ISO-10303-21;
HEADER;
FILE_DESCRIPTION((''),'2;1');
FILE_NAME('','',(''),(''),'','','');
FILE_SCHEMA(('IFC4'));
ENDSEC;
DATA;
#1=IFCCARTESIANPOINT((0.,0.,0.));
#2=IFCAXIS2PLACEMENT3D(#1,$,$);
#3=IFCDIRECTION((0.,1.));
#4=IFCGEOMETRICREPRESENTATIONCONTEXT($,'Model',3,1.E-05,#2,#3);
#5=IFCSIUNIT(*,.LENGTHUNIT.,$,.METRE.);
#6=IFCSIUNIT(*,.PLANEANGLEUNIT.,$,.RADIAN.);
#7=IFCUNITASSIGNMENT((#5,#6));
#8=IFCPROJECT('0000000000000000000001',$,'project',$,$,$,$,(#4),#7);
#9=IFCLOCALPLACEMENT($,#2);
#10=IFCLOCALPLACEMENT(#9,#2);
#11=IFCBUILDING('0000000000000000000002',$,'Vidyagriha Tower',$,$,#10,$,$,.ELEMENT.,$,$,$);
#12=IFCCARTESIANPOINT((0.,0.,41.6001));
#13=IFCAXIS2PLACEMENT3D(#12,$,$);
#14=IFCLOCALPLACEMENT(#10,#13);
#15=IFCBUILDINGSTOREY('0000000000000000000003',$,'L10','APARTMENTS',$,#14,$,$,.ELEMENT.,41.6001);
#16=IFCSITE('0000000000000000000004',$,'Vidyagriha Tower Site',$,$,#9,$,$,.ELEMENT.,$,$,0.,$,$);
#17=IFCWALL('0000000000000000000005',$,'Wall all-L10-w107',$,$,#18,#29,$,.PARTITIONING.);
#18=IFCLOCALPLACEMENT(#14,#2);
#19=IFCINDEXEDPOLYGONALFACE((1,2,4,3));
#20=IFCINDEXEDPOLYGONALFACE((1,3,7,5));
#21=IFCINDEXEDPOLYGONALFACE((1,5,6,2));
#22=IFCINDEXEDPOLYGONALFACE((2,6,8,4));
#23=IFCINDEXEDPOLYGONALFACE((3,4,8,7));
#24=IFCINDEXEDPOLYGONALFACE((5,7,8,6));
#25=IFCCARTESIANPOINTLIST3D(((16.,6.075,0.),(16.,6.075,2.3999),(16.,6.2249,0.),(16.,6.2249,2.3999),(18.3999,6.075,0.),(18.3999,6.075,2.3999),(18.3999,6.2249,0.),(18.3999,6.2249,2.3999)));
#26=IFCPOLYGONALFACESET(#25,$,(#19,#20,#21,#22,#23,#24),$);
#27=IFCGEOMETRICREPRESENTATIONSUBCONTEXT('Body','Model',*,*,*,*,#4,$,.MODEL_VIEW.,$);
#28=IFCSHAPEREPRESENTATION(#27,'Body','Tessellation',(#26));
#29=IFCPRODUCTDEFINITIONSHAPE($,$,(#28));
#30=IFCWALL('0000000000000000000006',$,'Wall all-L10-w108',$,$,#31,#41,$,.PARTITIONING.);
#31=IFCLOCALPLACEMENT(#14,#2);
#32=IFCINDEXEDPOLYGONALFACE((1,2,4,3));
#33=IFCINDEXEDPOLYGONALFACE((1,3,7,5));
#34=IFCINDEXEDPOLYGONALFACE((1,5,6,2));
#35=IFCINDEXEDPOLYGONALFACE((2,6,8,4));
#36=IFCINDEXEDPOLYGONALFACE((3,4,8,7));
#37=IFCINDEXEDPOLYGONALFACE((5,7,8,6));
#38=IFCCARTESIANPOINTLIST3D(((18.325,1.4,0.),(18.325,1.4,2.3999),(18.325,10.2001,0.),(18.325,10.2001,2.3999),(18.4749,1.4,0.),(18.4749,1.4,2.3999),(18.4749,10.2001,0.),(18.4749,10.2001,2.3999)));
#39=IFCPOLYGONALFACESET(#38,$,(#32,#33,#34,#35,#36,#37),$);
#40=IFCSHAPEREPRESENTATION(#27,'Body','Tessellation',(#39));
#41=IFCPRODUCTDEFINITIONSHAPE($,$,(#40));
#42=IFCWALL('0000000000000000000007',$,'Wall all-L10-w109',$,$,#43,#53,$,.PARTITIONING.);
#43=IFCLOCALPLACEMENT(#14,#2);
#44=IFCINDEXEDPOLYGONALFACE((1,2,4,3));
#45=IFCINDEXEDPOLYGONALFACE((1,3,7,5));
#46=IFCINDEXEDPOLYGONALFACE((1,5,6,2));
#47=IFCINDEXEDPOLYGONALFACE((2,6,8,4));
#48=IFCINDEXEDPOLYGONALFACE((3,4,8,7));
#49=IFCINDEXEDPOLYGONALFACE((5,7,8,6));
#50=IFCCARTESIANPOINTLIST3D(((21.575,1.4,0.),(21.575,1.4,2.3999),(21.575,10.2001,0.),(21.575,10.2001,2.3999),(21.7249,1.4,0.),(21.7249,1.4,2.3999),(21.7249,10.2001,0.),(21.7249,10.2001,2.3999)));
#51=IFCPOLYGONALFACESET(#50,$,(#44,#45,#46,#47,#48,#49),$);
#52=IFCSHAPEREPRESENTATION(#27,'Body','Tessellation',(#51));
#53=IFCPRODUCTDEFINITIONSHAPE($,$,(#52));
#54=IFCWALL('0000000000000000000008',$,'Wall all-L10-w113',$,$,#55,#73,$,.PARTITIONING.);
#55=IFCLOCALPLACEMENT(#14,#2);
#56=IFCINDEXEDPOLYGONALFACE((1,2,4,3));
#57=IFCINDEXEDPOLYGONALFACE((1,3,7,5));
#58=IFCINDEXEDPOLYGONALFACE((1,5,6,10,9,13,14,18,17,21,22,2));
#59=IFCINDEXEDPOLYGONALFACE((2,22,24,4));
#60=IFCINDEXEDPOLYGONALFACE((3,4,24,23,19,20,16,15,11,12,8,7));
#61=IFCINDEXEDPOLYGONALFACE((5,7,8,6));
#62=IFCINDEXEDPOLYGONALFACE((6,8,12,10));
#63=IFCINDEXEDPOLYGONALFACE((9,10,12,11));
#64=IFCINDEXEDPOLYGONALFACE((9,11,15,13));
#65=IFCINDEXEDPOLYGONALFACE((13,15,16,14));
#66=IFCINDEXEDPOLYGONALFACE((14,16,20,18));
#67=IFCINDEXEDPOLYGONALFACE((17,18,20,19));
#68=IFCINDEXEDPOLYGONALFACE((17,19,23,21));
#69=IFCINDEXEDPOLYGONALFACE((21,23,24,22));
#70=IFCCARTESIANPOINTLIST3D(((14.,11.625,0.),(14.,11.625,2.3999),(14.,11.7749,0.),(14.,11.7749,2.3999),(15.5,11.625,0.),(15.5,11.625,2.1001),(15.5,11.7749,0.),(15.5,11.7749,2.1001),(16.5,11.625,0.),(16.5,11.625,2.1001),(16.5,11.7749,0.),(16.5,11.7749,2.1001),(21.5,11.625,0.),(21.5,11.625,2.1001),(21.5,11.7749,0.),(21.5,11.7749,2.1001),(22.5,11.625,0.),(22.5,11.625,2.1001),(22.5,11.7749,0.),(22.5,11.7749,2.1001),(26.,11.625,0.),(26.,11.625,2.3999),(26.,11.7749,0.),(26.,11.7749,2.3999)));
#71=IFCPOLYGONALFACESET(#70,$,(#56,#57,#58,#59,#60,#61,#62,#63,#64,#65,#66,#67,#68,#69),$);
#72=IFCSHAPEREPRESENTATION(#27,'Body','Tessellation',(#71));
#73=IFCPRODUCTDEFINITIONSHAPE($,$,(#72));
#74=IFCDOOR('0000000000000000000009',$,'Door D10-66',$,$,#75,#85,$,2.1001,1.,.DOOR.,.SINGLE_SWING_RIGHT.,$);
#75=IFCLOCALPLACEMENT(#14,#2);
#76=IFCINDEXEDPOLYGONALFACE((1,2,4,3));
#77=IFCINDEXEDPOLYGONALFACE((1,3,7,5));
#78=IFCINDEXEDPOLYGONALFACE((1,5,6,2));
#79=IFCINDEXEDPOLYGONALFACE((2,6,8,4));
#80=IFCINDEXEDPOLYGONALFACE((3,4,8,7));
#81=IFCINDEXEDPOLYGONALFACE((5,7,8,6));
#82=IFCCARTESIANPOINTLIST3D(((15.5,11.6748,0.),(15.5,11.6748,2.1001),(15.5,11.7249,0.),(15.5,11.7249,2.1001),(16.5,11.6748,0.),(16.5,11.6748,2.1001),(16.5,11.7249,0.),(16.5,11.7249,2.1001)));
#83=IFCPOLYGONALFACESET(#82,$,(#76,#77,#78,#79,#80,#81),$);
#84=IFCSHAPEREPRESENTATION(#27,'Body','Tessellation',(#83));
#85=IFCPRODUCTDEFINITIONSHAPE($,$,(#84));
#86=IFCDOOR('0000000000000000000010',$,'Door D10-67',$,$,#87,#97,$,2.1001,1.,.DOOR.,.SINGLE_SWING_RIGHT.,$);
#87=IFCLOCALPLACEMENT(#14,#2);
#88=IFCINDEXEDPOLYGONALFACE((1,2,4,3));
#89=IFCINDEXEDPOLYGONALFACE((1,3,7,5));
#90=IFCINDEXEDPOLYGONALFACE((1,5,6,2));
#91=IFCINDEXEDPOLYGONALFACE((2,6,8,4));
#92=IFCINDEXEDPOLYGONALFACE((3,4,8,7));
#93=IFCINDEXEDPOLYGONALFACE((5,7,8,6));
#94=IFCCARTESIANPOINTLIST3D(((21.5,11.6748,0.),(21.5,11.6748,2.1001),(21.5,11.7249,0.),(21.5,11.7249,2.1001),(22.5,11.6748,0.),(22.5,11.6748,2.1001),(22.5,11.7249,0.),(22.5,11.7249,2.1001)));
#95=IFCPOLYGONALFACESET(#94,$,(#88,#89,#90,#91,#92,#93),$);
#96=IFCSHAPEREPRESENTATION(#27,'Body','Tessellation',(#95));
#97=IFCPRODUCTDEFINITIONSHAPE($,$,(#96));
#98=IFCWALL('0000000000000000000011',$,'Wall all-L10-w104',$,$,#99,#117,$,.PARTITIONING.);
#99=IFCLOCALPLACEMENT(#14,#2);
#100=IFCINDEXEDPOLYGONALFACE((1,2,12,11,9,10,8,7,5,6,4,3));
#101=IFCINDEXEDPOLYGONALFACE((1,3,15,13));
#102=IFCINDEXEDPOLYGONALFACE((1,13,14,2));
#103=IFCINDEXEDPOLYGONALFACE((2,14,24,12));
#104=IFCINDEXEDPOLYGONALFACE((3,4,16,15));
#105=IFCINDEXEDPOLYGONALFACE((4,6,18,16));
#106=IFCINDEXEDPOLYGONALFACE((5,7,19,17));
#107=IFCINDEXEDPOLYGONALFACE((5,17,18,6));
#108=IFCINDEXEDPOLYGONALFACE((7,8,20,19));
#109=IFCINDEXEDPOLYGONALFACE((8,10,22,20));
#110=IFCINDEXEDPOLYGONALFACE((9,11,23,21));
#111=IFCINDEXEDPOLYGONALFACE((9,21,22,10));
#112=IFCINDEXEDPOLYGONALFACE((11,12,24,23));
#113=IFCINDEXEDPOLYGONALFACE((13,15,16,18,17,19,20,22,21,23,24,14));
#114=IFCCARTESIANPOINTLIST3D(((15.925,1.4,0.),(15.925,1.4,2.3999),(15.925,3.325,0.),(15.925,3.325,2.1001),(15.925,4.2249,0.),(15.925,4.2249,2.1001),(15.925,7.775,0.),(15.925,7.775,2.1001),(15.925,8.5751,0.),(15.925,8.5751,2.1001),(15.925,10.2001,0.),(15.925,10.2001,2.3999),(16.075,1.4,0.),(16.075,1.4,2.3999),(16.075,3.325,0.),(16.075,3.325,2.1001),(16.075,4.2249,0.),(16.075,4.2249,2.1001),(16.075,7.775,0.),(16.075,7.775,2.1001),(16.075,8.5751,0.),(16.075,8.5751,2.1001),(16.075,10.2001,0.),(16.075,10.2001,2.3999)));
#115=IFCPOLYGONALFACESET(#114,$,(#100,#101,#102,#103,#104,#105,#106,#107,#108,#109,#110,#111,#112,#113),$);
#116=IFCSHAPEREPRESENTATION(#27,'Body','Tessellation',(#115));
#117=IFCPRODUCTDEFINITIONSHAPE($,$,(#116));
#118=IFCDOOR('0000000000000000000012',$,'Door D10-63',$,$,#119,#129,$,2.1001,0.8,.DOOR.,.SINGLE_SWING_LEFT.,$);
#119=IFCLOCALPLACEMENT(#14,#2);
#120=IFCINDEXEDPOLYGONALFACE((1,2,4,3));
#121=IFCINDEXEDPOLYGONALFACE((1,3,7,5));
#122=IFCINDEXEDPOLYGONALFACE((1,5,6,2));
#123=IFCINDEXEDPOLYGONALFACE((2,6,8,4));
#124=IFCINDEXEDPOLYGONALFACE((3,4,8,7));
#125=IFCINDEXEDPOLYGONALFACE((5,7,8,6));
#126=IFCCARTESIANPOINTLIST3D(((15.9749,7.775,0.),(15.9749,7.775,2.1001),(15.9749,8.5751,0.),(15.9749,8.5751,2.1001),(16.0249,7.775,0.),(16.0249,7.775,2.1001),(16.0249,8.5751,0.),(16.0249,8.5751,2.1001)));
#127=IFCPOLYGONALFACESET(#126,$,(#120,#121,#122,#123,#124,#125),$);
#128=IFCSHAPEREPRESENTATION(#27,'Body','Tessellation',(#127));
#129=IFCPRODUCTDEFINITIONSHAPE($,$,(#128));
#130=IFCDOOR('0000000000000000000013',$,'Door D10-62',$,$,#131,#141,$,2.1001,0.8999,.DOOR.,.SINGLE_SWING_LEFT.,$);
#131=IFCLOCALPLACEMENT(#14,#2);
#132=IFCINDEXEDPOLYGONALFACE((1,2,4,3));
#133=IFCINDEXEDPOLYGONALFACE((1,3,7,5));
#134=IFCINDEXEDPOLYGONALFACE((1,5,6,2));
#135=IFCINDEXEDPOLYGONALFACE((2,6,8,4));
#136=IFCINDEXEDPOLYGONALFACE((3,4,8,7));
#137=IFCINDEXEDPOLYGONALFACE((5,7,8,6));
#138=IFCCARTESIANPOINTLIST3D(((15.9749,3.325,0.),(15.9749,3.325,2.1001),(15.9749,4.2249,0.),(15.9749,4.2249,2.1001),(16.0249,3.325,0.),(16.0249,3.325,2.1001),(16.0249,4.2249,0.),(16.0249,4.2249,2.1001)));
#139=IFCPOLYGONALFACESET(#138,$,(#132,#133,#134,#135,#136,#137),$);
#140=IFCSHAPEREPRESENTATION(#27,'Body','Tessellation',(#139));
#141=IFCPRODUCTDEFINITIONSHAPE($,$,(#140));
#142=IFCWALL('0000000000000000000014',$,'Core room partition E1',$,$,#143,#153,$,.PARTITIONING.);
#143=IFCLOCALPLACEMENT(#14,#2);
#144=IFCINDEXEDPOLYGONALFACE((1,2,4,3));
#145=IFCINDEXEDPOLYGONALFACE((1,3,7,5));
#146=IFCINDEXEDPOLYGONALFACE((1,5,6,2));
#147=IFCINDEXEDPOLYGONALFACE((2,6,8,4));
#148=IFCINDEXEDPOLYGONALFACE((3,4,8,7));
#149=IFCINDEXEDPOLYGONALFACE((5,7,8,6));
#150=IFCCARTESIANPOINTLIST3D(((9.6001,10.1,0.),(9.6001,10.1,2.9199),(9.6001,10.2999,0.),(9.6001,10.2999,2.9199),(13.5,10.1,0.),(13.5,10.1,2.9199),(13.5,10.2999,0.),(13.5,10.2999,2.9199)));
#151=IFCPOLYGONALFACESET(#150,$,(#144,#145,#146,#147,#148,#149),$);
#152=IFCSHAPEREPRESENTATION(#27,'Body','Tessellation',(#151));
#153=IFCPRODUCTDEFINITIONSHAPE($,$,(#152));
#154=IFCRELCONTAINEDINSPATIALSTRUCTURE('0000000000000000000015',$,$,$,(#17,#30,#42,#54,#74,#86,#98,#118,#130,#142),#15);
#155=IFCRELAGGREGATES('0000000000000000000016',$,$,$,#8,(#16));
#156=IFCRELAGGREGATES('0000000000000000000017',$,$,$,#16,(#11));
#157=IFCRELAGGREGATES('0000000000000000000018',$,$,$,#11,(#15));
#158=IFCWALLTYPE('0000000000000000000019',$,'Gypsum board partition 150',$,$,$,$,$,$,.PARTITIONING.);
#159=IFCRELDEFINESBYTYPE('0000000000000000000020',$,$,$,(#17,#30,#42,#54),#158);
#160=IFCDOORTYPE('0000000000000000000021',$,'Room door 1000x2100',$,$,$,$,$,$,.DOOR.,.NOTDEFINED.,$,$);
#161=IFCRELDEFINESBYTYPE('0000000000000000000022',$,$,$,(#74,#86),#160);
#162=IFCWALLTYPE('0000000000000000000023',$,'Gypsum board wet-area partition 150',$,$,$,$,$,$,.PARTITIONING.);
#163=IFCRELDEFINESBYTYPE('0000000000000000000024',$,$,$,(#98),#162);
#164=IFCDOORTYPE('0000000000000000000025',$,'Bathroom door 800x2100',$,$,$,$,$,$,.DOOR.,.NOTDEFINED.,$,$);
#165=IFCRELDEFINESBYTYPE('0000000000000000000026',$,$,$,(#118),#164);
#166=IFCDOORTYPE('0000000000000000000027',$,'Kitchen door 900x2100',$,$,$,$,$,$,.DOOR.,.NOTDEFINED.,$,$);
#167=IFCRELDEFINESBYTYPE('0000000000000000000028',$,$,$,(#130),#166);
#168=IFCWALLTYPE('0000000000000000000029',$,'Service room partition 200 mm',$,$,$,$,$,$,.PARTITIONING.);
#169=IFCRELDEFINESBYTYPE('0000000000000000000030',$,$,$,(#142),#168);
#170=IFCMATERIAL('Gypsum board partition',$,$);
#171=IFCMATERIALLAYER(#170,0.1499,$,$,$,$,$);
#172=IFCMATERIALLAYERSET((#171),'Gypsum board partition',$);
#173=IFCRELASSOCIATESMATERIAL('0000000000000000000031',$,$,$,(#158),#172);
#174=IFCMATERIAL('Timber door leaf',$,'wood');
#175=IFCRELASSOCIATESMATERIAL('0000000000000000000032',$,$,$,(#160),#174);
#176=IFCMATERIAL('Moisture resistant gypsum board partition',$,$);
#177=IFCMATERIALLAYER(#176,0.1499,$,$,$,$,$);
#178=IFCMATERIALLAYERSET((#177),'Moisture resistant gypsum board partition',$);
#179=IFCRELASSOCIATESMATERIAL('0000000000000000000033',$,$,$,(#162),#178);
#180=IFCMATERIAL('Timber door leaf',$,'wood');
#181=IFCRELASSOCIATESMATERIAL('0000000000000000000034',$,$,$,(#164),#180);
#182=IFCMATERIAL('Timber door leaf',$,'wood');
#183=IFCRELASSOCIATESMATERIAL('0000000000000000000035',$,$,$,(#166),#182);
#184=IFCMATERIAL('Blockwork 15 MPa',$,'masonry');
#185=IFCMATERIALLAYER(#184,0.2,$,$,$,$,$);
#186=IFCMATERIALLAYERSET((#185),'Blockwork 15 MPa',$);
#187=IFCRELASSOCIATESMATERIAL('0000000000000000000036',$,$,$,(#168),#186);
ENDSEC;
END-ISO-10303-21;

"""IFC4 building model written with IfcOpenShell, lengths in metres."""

from ifc_helpers import new_model, si_unit, direction, frame, frame_2d, origin, place, context, subcontext, project, spatial, rectangle, extrude, material, layer, layer_set, type_object, element, fill, save


model = new_model("IFC4")

# Units and contexts
model_context = context("Model", 3, precision=1e-05, world=origin(), true_north=direction((0.0, 1.0)))
body_context = subcontext(model_context, "Body", "Model", "MODEL_VIEW")
ifc_project = project(units=[si_unit("LENGTHUNIT", "METRE"), si_unit("PLANEANGLEUNIT", "RADIAN")], contexts=[model_context])

# Site, building, storey
site_placement = place(None, origin())
site = spatial("IfcSite", under=ifc_project, at=site_placement, Name="Vidyagriha Tower Site", CompositionType="ELEMENT", RefElevation=0.0)
building_placement = place(site_placement, origin())
building = spatial("IfcBuilding", under=site, at=building_placement, Name="Vidyagriha Tower", CompositionType="ELEMENT")
storey_placement = place(building_placement, frame((0.0, 0.0, 41.6001)))
storey = spatial("IfcBuildingStorey", under=building, at=storey_placement, Name="L10", Description="APARTMENTS", CompositionType="ELEMENT", Elevation=41.6001)

# Walls
ifc_material_1 = material(Name="Gypsum board partition")
ifc_layer_1 = layer(ifc_material_1, 0.1499)
ifc_layer_set_1 = layer_set([ifc_layer_1], Name="Gypsum board partition")
wall_type_1 = type_object("IfcWallType", Name="Gypsum board partition 150", PredefinedType="PARTITIONING", material=ifc_layer_set_1)
wall_1_placement = place(storey_placement, frame((16.0, 6.1499, 0.0)))
element("IfcWall", 1, at=wall_1_placement, inside=storey, type_object=wall_type_1, Name="Wall all-L10-w107", PredefinedType="PARTITIONING", context=body_context, shape_type="SweptSolid", body=[
    extrude(rectangle(XDim=2.3999, YDim=0.1499, at=frame_2d((1.2, 0.0))), origin(), (0.0, 0.0, 1.0), 2.3999),
])
for number, where, z_axis, x_axis, name in (
    (2, (18.3999, 10.2, 0.0), (0.0, 0.0, 1.0), (0.0, -1.0, 0.0), "Wall all-L10-w108"),
    (3, (21.6499, 10.2, 0.0), (0.0, 0.0, 1.0), (0.0, -1.0, 0.0), "Wall all-L10-w109"),
):
    element("IfcWall", number, at=place(storey_placement, frame(where, z_axis=z_axis, x_axis=x_axis)), inside=storey, type_object=wall_type_1, Name=name, PredefinedType="PARTITIONING", context=body_context, shape_type="SweptSolid", body=[
        extrude(rectangle(XDim=8.8, YDim=0.1499, at=frame_2d((4.3999, 0.0))), origin(), (0.0, 0.0, 1.0), 2.3999),
    ])

# Walls, openings, doors
wall_2_placement = place(storey_placement, frame((14.0, 11.7, 0.0)))
wall_2 = element("IfcWall", 4, at=wall_2_placement, inside=storey, type_object=wall_type_1, Name="Wall all-L10-w113", PredefinedType="PARTITIONING", context=body_context, shape_type="SweptSolid", body=[
    extrude(rectangle(XDim=12.0, YDim=0.1499, at=frame_2d((6.0, 0.0))), origin(), (0.0, 0.0, 1.0), 2.3999),
])
opening_1_placement = place(wall_2_placement, frame((1.5, 0.0, 0.0)))
opening_1 = element("IfcOpeningElement", 5, at=opening_1_placement, cuts=wall_2, PredefinedType="OPENING", context=body_context, shape_type="SweptSolid", body=[
    extrude(rectangle(XDim=1.0, YDim=2.1001, at=frame_2d((0.5, 1.05))), frame((0.0, 0.085, 0.0), z_axis=(0.0, -1.0, 0.0), x_axis=(1.0, 0.0, 0.0)), (0.0, 0.0, 1.0), 0.1699),
])
opening_2_placement = place(wall_2_placement, frame((7.5, 0.0, 0.0)))
opening_2 = element("IfcOpeningElement", 6, at=opening_2_placement, cuts=wall_2, PredefinedType="OPENING", context=body_context, shape_type="SweptSolid", body=[
    extrude(rectangle(XDim=1.0, YDim=2.1001, at=frame_2d((0.5, 1.05))), frame((0.0, 0.085, 0.0), z_axis=(0.0, -1.0, 0.0), x_axis=(1.0, 0.0, 0.0)), (0.0, 0.0, 1.0), 0.1699),
])
ifc_material_2 = material(Name="Timber door leaf", Category="wood")
door_type_1 = type_object("IfcDoorType", Name="Room door 1000x2100", OperationType="NOTDEFINED", PredefinedType="DOOR", material=ifc_material_2)
door_1_placement = place(opening_1_placement, origin())
door_1 = element("IfcDoor", 7, at=door_1_placement, inside=storey, type_object=door_type_1, Name="Door D10-66", OperationType="SINGLE_SWING_RIGHT", OverallHeight=2.1001, OverallWidth=1.0, PredefinedType="DOOR", context=body_context, shape_type="SweptSolid", body=[
    extrude(rectangle(XDim=1.0, YDim=2.1001, at=frame_2d((0.5, 1.05))), frame((0.0, 0.0249, 0.0), z_axis=(0.0, -1.0, 0.0), x_axis=(1.0, 0.0, 0.0)), (0.0, 0.0, 1.0), 0.05),
])
fill(opening_1, door_1)
door_2_placement = place(opening_2_placement, origin())
door_2 = element("IfcDoor", 8, at=door_2_placement, inside=storey, type_object=door_type_1, Name="Door D10-67", OperationType="SINGLE_SWING_RIGHT", OverallHeight=2.1001, OverallWidth=1.0, PredefinedType="DOOR", context=body_context, shape_type="SweptSolid", body=[
    extrude(rectangle(XDim=1.0, YDim=2.1001, at=frame_2d((0.5, 1.05))), frame((0.0, 0.0249, 0.0), z_axis=(0.0, -1.0, 0.0), x_axis=(1.0, 0.0, 0.0)), (0.0, 0.0, 1.0), 0.05),
])
fill(opening_2, door_2)
ifc_material_3 = material(Name="Moisture resistant gypsum board partition")
ifc_layer_2 = layer(ifc_material_3, 0.1499)
ifc_layer_set_2 = layer_set([ifc_layer_2], Name="Moisture resistant gypsum board partition")
wall_type_2 = type_object("IfcWallType", Name="Gypsum board wet-area partition 150", PredefinedType="PARTITIONING", material=ifc_layer_set_2)
wall_3_placement = place(storey_placement, frame((16.0, 10.2, 0.0), z_axis=(0.0, 0.0, 1.0), x_axis=(0.0, -1.0, 0.0)))
wall_3 = element("IfcWall", 9, at=wall_3_placement, inside=storey, type_object=wall_type_2, Name="Wall all-L10-w104", PredefinedType="PARTITIONING", context=body_context, shape_type="SweptSolid", body=[
    extrude(rectangle(XDim=8.8, YDim=0.1499, at=frame_2d((4.3999, 0.0))), origin(), (0.0, 0.0, 1.0), 2.3999),
])
opening_3_placement = place(wall_3_placement, frame((5.9751, 0.0, 0.0)))
opening_3 = element("IfcOpeningElement", 10, at=opening_3_placement, cuts=wall_3, PredefinedType="OPENING", context=body_context, shape_type="SweptSolid", body=[
    extrude(rectangle(XDim=0.8999, YDim=2.1001, at=frame_2d((0.45, 1.05))), frame((0.0, 0.085, 0.0), z_axis=(0.0, -1.0, 0.0), x_axis=(1.0, 0.0, 0.0)), (0.0, 0.0, 1.0), 0.1699),
])
opening_4_placement = place(wall_3_placement, frame((1.625, 0.0, 0.0)))
opening_4 = element("IfcOpeningElement", 11, at=opening_4_placement, cuts=wall_3, PredefinedType="OPENING", context=body_context, shape_type="SweptSolid", body=[
    extrude(rectangle(XDim=0.8, YDim=2.1001, at=frame_2d((0.3999, 1.05))), frame((0.0, 0.085, 0.0), z_axis=(0.0, -1.0, 0.0), x_axis=(1.0, 0.0, 0.0)), (0.0, 0.0, 1.0), 0.1699),
])
ifc_material_4 = material(Name="Timber door leaf", Category="wood")
door_type_2 = type_object("IfcDoorType", Name="Bathroom door 800x2100", OperationType="NOTDEFINED", PredefinedType="DOOR", material=ifc_material_4)
door_3_placement = place(opening_4_placement, origin())
door_3 = element("IfcDoor", 12, at=door_3_placement, inside=storey, type_object=door_type_2, Name="Door D10-63", OperationType="SINGLE_SWING_LEFT", OverallHeight=2.1001, OverallWidth=0.8, PredefinedType="DOOR", context=body_context, shape_type="SweptSolid", body=[
    extrude(rectangle(XDim=0.8, YDim=2.1001, at=frame_2d((0.3999, 1.05))), frame((0.0, 0.0249, 0.0), z_axis=(0.0, -1.0, 0.0), x_axis=(1.0, 0.0, 0.0)), (0.0, 0.0, 1.0), 0.05),
])
fill(opening_4, door_3)
ifc_material_5 = material(Name="Timber door leaf", Category="wood")
door_type_3 = type_object("IfcDoorType", Name="Kitchen door 900x2100", OperationType="NOTDEFINED", PredefinedType="DOOR", material=ifc_material_5)
door_4_placement = place(opening_3_placement, origin())
door_4 = element("IfcDoor", 13, at=door_4_placement, inside=storey, type_object=door_type_3, Name="Door D10-62", OperationType="SINGLE_SWING_LEFT", OverallHeight=2.1001, OverallWidth=0.8999, PredefinedType="DOOR", context=body_context, shape_type="SweptSolid", body=[
    extrude(rectangle(XDim=0.8999, YDim=2.1001, at=frame_2d((0.45, 1.05))), frame((0.0, 0.0249, 0.0), z_axis=(0.0, -1.0, 0.0), x_axis=(1.0, 0.0, 0.0)), (0.0, 0.0, 1.0), 0.05),
])
fill(opening_3, door_4)

# Wall
ifc_material_6 = material(Name="Blockwork 15 MPa", Category="masonry")
ifc_layer_3 = layer(ifc_material_6, 0.2)
ifc_layer_set_3 = layer_set([ifc_layer_3], Name="Blockwork 15 MPa")
wall_type_3 = type_object("IfcWallType", Name="Service room partition 200 mm", PredefinedType="PARTITIONING", material=ifc_layer_set_3)
wall_4_placement = place(storey_placement, frame((9.6001, 10.2, 0.0)))
element("IfcWall", 14, at=wall_4_placement, inside=storey, type_object=wall_type_3, Name="Core room partition E1", PredefinedType="PARTITIONING", context=body_context, shape_type="SweptSolid", body=[
    extrude(rectangle(XDim=3.8999, YDim=0.2, at=frame_2d((1.95, 0.0))), origin(), (0.0, 0.0, 1.0), 2.9199),
])

save(model, "model.ifc")
